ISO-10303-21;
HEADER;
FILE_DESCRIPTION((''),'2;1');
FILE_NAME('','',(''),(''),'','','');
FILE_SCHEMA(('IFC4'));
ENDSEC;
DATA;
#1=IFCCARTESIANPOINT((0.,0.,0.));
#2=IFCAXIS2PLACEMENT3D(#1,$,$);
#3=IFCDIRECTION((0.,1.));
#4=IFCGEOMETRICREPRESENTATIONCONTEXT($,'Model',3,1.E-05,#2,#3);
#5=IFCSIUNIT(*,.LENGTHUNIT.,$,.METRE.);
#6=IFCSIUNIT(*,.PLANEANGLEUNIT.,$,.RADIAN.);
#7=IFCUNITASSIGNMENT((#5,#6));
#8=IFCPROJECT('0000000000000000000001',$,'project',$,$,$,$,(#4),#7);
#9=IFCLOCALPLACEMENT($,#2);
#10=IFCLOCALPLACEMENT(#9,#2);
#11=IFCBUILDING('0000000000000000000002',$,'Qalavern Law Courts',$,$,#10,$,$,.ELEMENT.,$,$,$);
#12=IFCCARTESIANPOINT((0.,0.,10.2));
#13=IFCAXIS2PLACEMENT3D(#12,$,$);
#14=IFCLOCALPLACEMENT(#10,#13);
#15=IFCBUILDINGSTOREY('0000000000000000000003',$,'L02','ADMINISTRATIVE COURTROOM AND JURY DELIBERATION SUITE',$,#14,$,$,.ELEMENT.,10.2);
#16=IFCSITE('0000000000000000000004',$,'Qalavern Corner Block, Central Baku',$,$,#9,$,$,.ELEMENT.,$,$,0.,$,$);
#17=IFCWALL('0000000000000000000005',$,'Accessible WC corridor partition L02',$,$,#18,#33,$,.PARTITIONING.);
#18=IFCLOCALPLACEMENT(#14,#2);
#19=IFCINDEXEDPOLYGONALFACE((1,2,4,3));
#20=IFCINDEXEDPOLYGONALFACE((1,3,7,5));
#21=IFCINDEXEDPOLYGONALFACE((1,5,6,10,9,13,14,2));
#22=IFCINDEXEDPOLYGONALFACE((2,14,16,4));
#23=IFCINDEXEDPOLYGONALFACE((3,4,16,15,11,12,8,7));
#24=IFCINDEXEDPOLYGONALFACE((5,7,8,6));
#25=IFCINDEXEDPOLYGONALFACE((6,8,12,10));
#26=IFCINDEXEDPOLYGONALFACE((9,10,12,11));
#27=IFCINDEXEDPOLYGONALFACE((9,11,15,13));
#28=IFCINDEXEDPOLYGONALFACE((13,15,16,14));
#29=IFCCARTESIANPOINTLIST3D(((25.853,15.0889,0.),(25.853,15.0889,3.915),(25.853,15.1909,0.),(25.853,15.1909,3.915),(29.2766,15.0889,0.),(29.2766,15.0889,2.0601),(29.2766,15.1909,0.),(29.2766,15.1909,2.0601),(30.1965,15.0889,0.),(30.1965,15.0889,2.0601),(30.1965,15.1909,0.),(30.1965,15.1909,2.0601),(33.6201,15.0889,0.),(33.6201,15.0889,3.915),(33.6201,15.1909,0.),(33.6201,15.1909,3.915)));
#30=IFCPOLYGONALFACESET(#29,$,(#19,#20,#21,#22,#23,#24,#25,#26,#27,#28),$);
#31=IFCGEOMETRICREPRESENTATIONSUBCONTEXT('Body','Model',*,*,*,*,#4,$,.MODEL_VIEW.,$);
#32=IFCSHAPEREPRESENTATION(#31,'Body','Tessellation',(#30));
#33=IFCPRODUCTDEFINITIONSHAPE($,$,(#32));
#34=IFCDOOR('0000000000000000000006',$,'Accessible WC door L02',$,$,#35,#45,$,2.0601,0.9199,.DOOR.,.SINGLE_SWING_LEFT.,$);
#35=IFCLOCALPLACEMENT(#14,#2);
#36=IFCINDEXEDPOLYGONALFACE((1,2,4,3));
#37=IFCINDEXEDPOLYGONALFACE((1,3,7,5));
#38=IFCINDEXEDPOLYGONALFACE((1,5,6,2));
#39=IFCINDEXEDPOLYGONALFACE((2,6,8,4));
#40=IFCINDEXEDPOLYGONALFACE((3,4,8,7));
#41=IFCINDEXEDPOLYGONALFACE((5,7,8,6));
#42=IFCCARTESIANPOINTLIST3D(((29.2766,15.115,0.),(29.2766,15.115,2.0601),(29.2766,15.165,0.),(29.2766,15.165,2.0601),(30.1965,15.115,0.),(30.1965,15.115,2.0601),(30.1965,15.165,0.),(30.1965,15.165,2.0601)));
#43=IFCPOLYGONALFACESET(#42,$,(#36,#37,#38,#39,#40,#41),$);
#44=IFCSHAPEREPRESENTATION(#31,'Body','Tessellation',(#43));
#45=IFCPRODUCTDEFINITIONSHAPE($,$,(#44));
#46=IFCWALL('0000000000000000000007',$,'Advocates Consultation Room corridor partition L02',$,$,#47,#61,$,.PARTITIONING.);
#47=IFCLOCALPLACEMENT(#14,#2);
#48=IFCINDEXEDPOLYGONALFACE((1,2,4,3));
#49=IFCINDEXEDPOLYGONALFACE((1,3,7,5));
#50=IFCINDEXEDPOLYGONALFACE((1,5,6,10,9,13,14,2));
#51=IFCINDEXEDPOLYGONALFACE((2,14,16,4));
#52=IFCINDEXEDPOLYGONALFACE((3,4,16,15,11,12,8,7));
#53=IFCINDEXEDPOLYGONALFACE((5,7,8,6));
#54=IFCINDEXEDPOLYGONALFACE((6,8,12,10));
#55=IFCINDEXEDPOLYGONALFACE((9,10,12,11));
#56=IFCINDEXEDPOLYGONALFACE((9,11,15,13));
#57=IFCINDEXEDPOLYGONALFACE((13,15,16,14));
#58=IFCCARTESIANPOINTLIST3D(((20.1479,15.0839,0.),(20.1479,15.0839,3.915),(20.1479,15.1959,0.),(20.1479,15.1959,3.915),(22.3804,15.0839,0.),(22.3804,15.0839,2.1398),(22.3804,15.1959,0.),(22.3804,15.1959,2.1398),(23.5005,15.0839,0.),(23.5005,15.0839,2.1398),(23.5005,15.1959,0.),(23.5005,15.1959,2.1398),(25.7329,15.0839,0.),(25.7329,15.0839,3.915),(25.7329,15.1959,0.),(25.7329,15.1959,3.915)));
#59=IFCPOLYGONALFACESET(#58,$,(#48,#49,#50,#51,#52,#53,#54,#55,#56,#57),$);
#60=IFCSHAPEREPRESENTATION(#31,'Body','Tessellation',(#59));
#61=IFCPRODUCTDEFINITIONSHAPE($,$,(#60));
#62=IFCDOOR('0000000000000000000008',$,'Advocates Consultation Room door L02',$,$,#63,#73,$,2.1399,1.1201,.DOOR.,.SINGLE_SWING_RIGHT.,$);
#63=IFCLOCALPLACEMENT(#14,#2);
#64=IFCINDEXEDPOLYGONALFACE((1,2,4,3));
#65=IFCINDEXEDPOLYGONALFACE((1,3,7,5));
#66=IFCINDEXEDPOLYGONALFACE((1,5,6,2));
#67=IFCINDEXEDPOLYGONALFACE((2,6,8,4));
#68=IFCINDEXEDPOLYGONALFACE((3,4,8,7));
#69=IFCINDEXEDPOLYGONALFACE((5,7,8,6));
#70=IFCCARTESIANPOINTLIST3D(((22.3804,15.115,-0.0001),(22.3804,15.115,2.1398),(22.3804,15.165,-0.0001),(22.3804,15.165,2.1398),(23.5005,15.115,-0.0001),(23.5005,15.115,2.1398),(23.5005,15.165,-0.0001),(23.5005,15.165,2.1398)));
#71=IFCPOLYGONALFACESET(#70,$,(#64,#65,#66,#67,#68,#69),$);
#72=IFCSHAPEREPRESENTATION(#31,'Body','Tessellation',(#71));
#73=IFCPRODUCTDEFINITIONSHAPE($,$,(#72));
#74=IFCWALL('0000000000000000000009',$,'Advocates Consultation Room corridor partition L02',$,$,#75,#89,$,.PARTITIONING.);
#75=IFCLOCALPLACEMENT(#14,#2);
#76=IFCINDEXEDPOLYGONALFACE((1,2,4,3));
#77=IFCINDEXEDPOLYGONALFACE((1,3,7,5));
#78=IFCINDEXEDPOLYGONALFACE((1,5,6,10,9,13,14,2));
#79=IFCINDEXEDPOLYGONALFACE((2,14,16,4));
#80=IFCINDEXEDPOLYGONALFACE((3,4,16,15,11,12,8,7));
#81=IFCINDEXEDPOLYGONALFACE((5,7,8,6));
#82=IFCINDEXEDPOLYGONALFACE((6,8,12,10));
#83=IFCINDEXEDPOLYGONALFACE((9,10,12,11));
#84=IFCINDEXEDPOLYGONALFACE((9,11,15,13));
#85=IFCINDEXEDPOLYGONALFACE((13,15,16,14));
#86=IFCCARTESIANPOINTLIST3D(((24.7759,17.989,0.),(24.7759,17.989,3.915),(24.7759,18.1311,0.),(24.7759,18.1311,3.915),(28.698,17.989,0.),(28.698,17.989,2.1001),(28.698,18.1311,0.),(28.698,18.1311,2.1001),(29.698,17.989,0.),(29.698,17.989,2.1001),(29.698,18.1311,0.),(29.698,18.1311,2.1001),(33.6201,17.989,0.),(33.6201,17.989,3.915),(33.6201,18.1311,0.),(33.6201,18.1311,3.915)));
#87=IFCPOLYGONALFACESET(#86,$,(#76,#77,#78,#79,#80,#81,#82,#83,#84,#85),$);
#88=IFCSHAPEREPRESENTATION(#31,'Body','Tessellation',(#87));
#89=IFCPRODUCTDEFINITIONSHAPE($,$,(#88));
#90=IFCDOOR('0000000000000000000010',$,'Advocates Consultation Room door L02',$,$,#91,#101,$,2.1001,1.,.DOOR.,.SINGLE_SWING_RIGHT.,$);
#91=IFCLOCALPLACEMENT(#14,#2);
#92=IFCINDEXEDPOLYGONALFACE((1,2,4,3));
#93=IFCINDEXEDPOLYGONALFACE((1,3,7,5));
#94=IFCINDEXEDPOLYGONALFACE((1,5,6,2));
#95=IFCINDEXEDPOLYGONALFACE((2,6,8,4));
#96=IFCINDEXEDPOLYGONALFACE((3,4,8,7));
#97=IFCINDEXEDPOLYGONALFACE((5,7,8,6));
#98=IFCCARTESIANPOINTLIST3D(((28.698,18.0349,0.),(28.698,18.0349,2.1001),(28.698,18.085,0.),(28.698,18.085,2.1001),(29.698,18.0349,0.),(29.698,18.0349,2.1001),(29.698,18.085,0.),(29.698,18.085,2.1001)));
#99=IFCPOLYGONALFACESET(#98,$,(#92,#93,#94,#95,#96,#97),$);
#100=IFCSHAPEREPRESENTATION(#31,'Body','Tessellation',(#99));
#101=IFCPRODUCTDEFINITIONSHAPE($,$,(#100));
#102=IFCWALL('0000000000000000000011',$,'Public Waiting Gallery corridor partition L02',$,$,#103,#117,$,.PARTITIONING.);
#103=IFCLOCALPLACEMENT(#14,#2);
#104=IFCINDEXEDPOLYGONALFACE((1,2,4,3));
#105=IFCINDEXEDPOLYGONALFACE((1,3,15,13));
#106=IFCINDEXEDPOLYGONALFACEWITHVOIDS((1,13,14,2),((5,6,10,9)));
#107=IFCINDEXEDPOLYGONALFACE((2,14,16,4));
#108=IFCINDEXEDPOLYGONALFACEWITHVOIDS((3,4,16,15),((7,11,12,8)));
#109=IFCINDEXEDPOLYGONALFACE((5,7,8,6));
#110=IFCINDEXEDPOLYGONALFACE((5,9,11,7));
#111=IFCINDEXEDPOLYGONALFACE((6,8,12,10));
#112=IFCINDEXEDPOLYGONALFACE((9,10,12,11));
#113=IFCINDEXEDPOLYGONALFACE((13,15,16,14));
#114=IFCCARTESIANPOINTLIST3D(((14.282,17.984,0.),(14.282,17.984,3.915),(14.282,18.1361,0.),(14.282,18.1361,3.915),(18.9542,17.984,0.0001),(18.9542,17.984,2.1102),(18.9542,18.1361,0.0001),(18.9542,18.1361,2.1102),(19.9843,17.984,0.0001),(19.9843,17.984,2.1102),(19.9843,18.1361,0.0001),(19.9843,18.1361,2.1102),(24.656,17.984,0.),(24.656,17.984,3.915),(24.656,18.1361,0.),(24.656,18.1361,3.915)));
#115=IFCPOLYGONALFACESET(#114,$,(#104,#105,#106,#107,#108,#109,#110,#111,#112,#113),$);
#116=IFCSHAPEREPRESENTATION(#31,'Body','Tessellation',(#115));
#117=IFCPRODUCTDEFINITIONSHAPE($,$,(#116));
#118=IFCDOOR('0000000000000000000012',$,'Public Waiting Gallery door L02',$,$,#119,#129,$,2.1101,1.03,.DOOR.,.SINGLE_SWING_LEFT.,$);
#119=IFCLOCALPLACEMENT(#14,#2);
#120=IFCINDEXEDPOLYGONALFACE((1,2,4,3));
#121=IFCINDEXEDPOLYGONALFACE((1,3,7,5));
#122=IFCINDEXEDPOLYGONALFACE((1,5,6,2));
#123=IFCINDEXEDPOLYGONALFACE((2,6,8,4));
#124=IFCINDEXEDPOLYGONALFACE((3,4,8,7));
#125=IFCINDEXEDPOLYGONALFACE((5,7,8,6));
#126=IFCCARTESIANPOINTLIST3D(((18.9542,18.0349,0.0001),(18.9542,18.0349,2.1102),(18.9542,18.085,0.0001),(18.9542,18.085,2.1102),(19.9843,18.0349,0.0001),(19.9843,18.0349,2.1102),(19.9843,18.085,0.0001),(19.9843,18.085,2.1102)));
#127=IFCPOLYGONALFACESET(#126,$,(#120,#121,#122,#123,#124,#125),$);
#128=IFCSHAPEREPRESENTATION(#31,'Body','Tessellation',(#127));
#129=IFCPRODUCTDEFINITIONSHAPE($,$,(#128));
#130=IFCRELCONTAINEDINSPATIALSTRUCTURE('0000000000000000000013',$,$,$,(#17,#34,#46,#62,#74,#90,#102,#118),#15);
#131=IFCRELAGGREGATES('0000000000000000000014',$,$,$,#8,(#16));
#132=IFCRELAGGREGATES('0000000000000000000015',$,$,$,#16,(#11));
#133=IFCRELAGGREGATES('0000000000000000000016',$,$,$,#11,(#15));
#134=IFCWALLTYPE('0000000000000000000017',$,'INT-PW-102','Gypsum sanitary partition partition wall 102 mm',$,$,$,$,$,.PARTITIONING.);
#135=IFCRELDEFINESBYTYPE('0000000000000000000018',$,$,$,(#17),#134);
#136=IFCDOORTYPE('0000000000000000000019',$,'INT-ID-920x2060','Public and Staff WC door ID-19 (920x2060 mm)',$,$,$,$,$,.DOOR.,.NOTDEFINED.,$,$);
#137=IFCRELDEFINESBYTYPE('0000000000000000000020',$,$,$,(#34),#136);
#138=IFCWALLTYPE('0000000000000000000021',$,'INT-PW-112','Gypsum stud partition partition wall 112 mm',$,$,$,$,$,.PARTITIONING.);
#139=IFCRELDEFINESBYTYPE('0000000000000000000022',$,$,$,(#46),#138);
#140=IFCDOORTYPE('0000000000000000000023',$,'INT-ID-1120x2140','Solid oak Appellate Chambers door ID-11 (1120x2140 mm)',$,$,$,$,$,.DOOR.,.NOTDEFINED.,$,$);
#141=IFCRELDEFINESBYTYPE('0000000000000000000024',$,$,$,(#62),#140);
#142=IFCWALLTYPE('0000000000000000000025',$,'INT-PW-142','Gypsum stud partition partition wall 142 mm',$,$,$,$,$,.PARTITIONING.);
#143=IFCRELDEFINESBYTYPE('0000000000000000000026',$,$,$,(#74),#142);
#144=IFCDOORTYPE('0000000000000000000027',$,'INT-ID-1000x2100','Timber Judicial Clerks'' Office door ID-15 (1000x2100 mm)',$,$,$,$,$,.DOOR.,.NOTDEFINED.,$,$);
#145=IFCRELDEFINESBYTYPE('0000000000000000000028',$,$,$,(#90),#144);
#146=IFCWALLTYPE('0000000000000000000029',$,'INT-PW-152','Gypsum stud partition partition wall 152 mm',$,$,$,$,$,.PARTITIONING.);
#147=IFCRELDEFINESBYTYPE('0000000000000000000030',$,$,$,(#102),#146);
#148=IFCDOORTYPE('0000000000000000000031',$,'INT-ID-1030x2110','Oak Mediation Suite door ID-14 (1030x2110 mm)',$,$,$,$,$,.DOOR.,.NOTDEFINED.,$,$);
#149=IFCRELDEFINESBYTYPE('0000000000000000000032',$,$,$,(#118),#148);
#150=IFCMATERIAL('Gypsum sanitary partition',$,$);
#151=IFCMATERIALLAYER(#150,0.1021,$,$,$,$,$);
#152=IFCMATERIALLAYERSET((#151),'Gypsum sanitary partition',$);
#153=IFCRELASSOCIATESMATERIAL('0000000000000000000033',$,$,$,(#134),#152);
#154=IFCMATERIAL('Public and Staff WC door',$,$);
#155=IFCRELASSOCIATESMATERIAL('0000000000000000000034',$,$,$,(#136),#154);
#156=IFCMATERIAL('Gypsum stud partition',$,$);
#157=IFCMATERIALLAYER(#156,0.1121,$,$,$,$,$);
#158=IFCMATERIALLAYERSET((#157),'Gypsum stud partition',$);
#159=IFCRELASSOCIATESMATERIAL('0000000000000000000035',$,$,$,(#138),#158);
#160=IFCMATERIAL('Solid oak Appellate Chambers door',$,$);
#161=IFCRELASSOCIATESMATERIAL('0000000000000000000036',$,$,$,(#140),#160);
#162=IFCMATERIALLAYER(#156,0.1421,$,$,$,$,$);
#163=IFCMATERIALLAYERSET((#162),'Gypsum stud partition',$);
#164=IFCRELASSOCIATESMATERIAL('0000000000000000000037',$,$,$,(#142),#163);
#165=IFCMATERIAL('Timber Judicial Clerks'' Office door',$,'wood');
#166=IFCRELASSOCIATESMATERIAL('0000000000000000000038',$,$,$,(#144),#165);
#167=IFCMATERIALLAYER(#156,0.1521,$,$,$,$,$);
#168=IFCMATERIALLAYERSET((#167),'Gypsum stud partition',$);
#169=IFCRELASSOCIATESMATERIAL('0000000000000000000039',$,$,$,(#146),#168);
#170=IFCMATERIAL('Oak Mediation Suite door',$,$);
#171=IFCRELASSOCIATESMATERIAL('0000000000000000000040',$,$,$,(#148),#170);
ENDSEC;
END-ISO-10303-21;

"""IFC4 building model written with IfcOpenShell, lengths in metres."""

from ifc_helpers import new_model, si_unit, direction, frame, frame_2d, origin, place, context, subcontext, project, spatial, rectangle, extrude, material, layer, layer_set, type_object, element, fill, save


model = new_model("IFC4")

# Units and contexts
model_context = context("Model", 3, precision=1e-05, world=origin(), true_north=direction((0.0, 1.0)))
body_context = subcontext(model_context, "Body", "Model", "MODEL_VIEW")
ifc_project = project(units=[si_unit("LENGTHUNIT", "METRE"), si_unit("PLANEANGLEUNIT", "RADIAN")], contexts=[model_context])

# Site, building, storey
site_placement = place(None, origin())
site = spatial("IfcSite", under=ifc_project, at=site_placement, Name="Qalavern Corner Block, Central Baku", CompositionType="ELEMENT", RefElevation=0.0)
building_placement = place(site_placement, origin())
building = spatial("IfcBuilding", under=site, at=building_placement, Name="Qalavern Law Courts", CompositionType="ELEMENT")
storey_placement = place(building_placement, frame((0.0, 0.0, 10.2)))
storey = spatial("IfcBuildingStorey", under=building, at=storey_placement, Name="L02", Description="ADMINISTRATIVE COURTROOM AND JURY DELIBERATION SUITE", CompositionType="ELEMENT", Elevation=10.2)

# Walls, openings, doors
ifc_material_1 = material(Name="Gypsum sanitary partition")
ifc_layer_1 = layer(ifc_material_1, 0.1021)
ifc_layer_set_1 = layer_set([ifc_layer_1], Name="Gypsum sanitary partition")
wall_type_1 = type_object("IfcWallType", Name="INT-PW-102", Description="Gypsum sanitary partition partition wall 102 mm", PredefinedType="PARTITIONING", material=ifc_layer_set_1)
wall_1_placement = place(storey_placement, frame((25.853, 15.1399, 0.0), z_axis=(0.0, 0.0, 1.0), x_axis=(1.0, 0.0, 0.0)))
wall_1 = element("IfcWall", 1, at=wall_1_placement, inside=storey, type_object=wall_type_1, Name="Accessible WC corridor partition L02", PredefinedType="PARTITIONING", context=body_context, shape_type="SweptSolid", body=[
    extrude(rectangle(XDim=7.7671, YDim=0.1021, at=frame_2d((3.8835, 0.0))), origin(), (0.0, 0.0, 1.0), 3.915),
])
opening_1_placement = place(wall_1_placement, frame((3.4236, 0.0, 0.0)))
opening_1 = element("IfcOpeningElement", 2, at=opening_1_placement, cuts=wall_1, PredefinedType="OPENING", context=body_context, shape_type="SweptSolid", body=[
    extrude(rectangle(XDim=0.9199, YDim=2.0601, at=frame_2d((0.46, 1.03))), frame((0.0, 0.0659, 0.0), z_axis=(0.0, -1.0, 0.0), x_axis=(1.0, 0.0, 0.0)), (0.0, 0.0, 1.0), 0.1318),
])
ifc_material_2 = material(Name="Public and Staff WC door")
door_type_1 = type_object("IfcDoorType", Name="INT-ID-920x2060", Description="Public and Staff WC door ID-19 (920x2060 mm)", OperationType="NOTDEFINED", PredefinedType="DOOR", material=ifc_material_2)
door_1_placement = place(opening_1_placement, frame((0.9199, 0.0, 0.0), z_axis=(0.0, 0.0, 1.0), x_axis=(-1.0, 0.0, 0.0)))
door_1 = element("IfcDoor", 3, at=door_1_placement, inside=storey, type_object=door_type_1, Name="Accessible WC door L02", OperationType="SINGLE_SWING_LEFT", OverallHeight=2.0601, OverallWidth=0.9199, PredefinedType="DOOR", context=body_context, shape_type="SweptSolid", body=[
    extrude(rectangle(XDim=0.9199, YDim=2.0601, at=frame_2d((0.46, 1.03))), frame((0.0, 0.0249, 0.0), z_axis=(0.0, -1.0, 0.0), x_axis=(1.0, 0.0, 0.0)), (0.0, 0.0, 1.0), 0.05),
])
fill(opening_1, door_1)
ifc_material_3 = material(Name="Gypsum stud partition")
ifc_layer_2 = layer(ifc_material_3, 0.1121)
ifc_layer_set_2 = layer_set([ifc_layer_2], Name="Gypsum stud partition")
wall_type_2 = type_object("IfcWallType", Name="INT-PW-112", Description="Gypsum stud partition partition wall 112 mm", PredefinedType="PARTITIONING", material=ifc_layer_set_2)
wall_2_placement = place(storey_placement, frame((20.1479, 15.1399, 0.0), z_axis=(0.0, 0.0, 1.0), x_axis=(1.0, 0.0, 0.0)))
wall_2 = element("IfcWall", 4, at=wall_2_placement, inside=storey, type_object=wall_type_2, Name="Advocates Consultation Room corridor partition L02", PredefinedType="PARTITIONING", context=body_context, shape_type="SweptSolid", body=[
    extrude(rectangle(XDim=5.585, YDim=0.1121, at=frame_2d((2.7925, 0.0))), origin(), (0.0, 0.0, 1.0), 3.915),
])
opening_2_placement = place(wall_2_placement, frame((2.2324, 0.0, 0.0)))
opening_2 = element("IfcOpeningElement", 5, at=opening_2_placement, cuts=wall_2, PredefinedType="OPENING", context=body_context, shape_type="SweptSolid", body=[
    extrude(rectangle(XDim=1.1201, YDim=2.1399, at=frame_2d((0.5601, 1.0698))), frame((0.0, 0.0708, 0.0), z_axis=(0.0, -1.0, 0.0), x_axis=(1.0, 0.0, 0.0)), (0.0, 0.0, 1.0), 0.1418),
])
ifc_material_4 = material(Name="Solid oak Appellate Chambers door")
door_type_2 = type_object("IfcDoorType", Name="INT-ID-1120x2140", Description="Solid oak Appellate Chambers door ID-11 (1120x2140 mm)", OperationType="NOTDEFINED", PredefinedType="DOOR", material=ifc_material_4)
door_2_placement = place(opening_2_placement, frame((1.1201, 0.0, 0.0), z_axis=(0.0, 0.0, 1.0), x_axis=(-1.0, 0.0, 0.0)))
door_2 = element("IfcDoor", 6, at=door_2_placement, inside=storey, type_object=door_type_2, Name="Advocates Consultation Room door L02", OperationType="SINGLE_SWING_RIGHT", OverallHeight=2.1399, OverallWidth=1.1201, PredefinedType="DOOR", context=body_context, shape_type="SweptSolid", body=[
    extrude(rectangle(XDim=1.1201, YDim=2.1399, at=frame_2d((0.5601, 1.0698))), frame((0.0, 0.0249, 0.0), z_axis=(0.0, -1.0, 0.0), x_axis=(1.0, 0.0, 0.0)), (0.0, 0.0, 1.0), 0.05),
])
fill(opening_2, door_2)
ifc_layer_3 = layer(ifc_material_3, 0.1421)
ifc_layer_set_3 = layer_set([ifc_layer_3], Name="Gypsum stud partition")
wall_type_3 = type_object("IfcWallType", Name="INT-PW-142", Description="Gypsum stud partition partition wall 142 mm", PredefinedType="PARTITIONING", material=ifc_layer_set_3)
wall_3_placement = place(storey_placement, frame((24.7759, 18.0601, 0.0), z_axis=(0.0, 0.0, 1.0), x_axis=(1.0, 0.0, 0.0)))
wall_3 = element("IfcWall", 7, at=wall_3_placement, inside=storey, type_object=wall_type_3, Name="Advocates Consultation Room corridor partition L02", PredefinedType="PARTITIONING", context=body_context, shape_type="SweptSolid", body=[
    extrude(rectangle(XDim=8.8442, YDim=0.1421, at=frame_2d((4.4221, 0.0))), origin(), (0.0, 0.0, 1.0), 3.915),
])
opening_3_placement = place(wall_3_placement, frame((3.9221, 0.0, 0.0)))
opening_3 = element("IfcOpeningElement", 8, at=opening_3_placement, cuts=wall_3, PredefinedType="OPENING", context=body_context, shape_type="SweptSolid", body=[
    extrude(rectangle(XDim=1.0, YDim=2.1001, at=frame_2d((0.5, 1.05))), frame((0.0, 0.0859, 0.0), z_axis=(0.0, -1.0, 0.0), x_axis=(1.0, 0.0, 0.0)), (0.0, 0.0, 1.0), 0.1719),
])
ifc_material_5 = material(Name="Timber Judicial Clerks' Office door", Category="wood")
door_type_3 = type_object("IfcDoorType", Name="INT-ID-1000x2100", Description="Timber Judicial Clerks' Office door ID-15 (1000x2100 mm)", OperationType="NOTDEFINED", PredefinedType="DOOR", material=ifc_material_5)
door_3_placement = place(opening_3_placement, origin())
door_3 = element("IfcDoor", 9, at=door_3_placement, inside=storey, type_object=door_type_3, Name="Advocates Consultation Room door L02", OperationType="SINGLE_SWING_RIGHT", OverallHeight=2.1001, OverallWidth=1.0, PredefinedType="DOOR", context=body_context, shape_type="SweptSolid", body=[
    extrude(rectangle(XDim=1.0, YDim=2.1001, at=frame_2d((0.5, 1.05))), frame((0.0, 0.0249, 0.0), z_axis=(0.0, -1.0, 0.0), x_axis=(1.0, 0.0, 0.0)), (0.0, 0.0, 1.0), 0.05),
])
fill(opening_3, door_3)
ifc_layer_4 = layer(ifc_material_3, 0.1521)
ifc_layer_set_4 = layer_set([ifc_layer_4], Name="Gypsum stud partition")
wall_type_4 = type_object("IfcWallType", Name="INT-PW-152", Description="Gypsum stud partition partition wall 152 mm", PredefinedType="PARTITIONING", material=ifc_layer_set_4)
wall_4_placement = place(storey_placement, frame((14.282, 18.0601, 0.0), z_axis=(0.0, 0.0, 1.0), x_axis=(1.0, 0.0, 0.0)))
wall_4 = element("IfcWall", 10, at=wall_4_placement, inside=storey, type_object=wall_type_4, Name="Public Waiting Gallery corridor partition L02", PredefinedType="PARTITIONING", context=body_context, shape_type="SweptSolid", body=[
    extrude(rectangle(XDim=10.374, YDim=0.1521, at=frame_2d((5.187, 0.0))), origin(), (0.0, 0.0, 1.0), 3.915),
])
opening_4_placement = place(wall_4_placement, frame((4.6721, 0.0, 0.0)))
opening_4 = element("IfcOpeningElement", 11, at=opening_4_placement, cuts=wall_4, PredefinedType="OPENING", context=body_context, shape_type="SweptSolid", body=[
    extrude(rectangle(XDim=1.03, YDim=2.1101, at=frame_2d((0.5151, 1.0552))), frame((0.0, 0.0908, 0.0), z_axis=(0.0, -1.0, 0.0), x_axis=(1.0, 0.0, 0.0)), (0.0, 0.0, 1.0), 0.1819),
])
ifc_material_6 = material(Name="Oak Mediation Suite door")
door_type_4 = type_object("IfcDoorType", Name="INT-ID-1030x2110", Description="Oak Mediation Suite door ID-14 (1030x2110 mm)", OperationType="NOTDEFINED", PredefinedType="DOOR", material=ifc_material_6)
door_4_placement = place(opening_4_placement, origin())
door_4 = element("IfcDoor", 12, at=door_4_placement, inside=storey, type_object=door_type_4, Name="Public Waiting Gallery door L02", OperationType="SINGLE_SWING_LEFT", OverallHeight=2.1101, OverallWidth=1.03, PredefinedType="DOOR", context=body_context, shape_type="SweptSolid", body=[
    extrude(rectangle(XDim=1.03, YDim=2.1101, at=frame_2d((0.5151, 1.0552))), frame((0.0, 0.0249, 0.0), z_axis=(0.0, -1.0, 0.0), x_axis=(1.0, 0.0, 0.0)), (0.0, 0.0, 1.0), 0.05),
])
fill(opening_4, door_4)

save(model, "model.ifc")
